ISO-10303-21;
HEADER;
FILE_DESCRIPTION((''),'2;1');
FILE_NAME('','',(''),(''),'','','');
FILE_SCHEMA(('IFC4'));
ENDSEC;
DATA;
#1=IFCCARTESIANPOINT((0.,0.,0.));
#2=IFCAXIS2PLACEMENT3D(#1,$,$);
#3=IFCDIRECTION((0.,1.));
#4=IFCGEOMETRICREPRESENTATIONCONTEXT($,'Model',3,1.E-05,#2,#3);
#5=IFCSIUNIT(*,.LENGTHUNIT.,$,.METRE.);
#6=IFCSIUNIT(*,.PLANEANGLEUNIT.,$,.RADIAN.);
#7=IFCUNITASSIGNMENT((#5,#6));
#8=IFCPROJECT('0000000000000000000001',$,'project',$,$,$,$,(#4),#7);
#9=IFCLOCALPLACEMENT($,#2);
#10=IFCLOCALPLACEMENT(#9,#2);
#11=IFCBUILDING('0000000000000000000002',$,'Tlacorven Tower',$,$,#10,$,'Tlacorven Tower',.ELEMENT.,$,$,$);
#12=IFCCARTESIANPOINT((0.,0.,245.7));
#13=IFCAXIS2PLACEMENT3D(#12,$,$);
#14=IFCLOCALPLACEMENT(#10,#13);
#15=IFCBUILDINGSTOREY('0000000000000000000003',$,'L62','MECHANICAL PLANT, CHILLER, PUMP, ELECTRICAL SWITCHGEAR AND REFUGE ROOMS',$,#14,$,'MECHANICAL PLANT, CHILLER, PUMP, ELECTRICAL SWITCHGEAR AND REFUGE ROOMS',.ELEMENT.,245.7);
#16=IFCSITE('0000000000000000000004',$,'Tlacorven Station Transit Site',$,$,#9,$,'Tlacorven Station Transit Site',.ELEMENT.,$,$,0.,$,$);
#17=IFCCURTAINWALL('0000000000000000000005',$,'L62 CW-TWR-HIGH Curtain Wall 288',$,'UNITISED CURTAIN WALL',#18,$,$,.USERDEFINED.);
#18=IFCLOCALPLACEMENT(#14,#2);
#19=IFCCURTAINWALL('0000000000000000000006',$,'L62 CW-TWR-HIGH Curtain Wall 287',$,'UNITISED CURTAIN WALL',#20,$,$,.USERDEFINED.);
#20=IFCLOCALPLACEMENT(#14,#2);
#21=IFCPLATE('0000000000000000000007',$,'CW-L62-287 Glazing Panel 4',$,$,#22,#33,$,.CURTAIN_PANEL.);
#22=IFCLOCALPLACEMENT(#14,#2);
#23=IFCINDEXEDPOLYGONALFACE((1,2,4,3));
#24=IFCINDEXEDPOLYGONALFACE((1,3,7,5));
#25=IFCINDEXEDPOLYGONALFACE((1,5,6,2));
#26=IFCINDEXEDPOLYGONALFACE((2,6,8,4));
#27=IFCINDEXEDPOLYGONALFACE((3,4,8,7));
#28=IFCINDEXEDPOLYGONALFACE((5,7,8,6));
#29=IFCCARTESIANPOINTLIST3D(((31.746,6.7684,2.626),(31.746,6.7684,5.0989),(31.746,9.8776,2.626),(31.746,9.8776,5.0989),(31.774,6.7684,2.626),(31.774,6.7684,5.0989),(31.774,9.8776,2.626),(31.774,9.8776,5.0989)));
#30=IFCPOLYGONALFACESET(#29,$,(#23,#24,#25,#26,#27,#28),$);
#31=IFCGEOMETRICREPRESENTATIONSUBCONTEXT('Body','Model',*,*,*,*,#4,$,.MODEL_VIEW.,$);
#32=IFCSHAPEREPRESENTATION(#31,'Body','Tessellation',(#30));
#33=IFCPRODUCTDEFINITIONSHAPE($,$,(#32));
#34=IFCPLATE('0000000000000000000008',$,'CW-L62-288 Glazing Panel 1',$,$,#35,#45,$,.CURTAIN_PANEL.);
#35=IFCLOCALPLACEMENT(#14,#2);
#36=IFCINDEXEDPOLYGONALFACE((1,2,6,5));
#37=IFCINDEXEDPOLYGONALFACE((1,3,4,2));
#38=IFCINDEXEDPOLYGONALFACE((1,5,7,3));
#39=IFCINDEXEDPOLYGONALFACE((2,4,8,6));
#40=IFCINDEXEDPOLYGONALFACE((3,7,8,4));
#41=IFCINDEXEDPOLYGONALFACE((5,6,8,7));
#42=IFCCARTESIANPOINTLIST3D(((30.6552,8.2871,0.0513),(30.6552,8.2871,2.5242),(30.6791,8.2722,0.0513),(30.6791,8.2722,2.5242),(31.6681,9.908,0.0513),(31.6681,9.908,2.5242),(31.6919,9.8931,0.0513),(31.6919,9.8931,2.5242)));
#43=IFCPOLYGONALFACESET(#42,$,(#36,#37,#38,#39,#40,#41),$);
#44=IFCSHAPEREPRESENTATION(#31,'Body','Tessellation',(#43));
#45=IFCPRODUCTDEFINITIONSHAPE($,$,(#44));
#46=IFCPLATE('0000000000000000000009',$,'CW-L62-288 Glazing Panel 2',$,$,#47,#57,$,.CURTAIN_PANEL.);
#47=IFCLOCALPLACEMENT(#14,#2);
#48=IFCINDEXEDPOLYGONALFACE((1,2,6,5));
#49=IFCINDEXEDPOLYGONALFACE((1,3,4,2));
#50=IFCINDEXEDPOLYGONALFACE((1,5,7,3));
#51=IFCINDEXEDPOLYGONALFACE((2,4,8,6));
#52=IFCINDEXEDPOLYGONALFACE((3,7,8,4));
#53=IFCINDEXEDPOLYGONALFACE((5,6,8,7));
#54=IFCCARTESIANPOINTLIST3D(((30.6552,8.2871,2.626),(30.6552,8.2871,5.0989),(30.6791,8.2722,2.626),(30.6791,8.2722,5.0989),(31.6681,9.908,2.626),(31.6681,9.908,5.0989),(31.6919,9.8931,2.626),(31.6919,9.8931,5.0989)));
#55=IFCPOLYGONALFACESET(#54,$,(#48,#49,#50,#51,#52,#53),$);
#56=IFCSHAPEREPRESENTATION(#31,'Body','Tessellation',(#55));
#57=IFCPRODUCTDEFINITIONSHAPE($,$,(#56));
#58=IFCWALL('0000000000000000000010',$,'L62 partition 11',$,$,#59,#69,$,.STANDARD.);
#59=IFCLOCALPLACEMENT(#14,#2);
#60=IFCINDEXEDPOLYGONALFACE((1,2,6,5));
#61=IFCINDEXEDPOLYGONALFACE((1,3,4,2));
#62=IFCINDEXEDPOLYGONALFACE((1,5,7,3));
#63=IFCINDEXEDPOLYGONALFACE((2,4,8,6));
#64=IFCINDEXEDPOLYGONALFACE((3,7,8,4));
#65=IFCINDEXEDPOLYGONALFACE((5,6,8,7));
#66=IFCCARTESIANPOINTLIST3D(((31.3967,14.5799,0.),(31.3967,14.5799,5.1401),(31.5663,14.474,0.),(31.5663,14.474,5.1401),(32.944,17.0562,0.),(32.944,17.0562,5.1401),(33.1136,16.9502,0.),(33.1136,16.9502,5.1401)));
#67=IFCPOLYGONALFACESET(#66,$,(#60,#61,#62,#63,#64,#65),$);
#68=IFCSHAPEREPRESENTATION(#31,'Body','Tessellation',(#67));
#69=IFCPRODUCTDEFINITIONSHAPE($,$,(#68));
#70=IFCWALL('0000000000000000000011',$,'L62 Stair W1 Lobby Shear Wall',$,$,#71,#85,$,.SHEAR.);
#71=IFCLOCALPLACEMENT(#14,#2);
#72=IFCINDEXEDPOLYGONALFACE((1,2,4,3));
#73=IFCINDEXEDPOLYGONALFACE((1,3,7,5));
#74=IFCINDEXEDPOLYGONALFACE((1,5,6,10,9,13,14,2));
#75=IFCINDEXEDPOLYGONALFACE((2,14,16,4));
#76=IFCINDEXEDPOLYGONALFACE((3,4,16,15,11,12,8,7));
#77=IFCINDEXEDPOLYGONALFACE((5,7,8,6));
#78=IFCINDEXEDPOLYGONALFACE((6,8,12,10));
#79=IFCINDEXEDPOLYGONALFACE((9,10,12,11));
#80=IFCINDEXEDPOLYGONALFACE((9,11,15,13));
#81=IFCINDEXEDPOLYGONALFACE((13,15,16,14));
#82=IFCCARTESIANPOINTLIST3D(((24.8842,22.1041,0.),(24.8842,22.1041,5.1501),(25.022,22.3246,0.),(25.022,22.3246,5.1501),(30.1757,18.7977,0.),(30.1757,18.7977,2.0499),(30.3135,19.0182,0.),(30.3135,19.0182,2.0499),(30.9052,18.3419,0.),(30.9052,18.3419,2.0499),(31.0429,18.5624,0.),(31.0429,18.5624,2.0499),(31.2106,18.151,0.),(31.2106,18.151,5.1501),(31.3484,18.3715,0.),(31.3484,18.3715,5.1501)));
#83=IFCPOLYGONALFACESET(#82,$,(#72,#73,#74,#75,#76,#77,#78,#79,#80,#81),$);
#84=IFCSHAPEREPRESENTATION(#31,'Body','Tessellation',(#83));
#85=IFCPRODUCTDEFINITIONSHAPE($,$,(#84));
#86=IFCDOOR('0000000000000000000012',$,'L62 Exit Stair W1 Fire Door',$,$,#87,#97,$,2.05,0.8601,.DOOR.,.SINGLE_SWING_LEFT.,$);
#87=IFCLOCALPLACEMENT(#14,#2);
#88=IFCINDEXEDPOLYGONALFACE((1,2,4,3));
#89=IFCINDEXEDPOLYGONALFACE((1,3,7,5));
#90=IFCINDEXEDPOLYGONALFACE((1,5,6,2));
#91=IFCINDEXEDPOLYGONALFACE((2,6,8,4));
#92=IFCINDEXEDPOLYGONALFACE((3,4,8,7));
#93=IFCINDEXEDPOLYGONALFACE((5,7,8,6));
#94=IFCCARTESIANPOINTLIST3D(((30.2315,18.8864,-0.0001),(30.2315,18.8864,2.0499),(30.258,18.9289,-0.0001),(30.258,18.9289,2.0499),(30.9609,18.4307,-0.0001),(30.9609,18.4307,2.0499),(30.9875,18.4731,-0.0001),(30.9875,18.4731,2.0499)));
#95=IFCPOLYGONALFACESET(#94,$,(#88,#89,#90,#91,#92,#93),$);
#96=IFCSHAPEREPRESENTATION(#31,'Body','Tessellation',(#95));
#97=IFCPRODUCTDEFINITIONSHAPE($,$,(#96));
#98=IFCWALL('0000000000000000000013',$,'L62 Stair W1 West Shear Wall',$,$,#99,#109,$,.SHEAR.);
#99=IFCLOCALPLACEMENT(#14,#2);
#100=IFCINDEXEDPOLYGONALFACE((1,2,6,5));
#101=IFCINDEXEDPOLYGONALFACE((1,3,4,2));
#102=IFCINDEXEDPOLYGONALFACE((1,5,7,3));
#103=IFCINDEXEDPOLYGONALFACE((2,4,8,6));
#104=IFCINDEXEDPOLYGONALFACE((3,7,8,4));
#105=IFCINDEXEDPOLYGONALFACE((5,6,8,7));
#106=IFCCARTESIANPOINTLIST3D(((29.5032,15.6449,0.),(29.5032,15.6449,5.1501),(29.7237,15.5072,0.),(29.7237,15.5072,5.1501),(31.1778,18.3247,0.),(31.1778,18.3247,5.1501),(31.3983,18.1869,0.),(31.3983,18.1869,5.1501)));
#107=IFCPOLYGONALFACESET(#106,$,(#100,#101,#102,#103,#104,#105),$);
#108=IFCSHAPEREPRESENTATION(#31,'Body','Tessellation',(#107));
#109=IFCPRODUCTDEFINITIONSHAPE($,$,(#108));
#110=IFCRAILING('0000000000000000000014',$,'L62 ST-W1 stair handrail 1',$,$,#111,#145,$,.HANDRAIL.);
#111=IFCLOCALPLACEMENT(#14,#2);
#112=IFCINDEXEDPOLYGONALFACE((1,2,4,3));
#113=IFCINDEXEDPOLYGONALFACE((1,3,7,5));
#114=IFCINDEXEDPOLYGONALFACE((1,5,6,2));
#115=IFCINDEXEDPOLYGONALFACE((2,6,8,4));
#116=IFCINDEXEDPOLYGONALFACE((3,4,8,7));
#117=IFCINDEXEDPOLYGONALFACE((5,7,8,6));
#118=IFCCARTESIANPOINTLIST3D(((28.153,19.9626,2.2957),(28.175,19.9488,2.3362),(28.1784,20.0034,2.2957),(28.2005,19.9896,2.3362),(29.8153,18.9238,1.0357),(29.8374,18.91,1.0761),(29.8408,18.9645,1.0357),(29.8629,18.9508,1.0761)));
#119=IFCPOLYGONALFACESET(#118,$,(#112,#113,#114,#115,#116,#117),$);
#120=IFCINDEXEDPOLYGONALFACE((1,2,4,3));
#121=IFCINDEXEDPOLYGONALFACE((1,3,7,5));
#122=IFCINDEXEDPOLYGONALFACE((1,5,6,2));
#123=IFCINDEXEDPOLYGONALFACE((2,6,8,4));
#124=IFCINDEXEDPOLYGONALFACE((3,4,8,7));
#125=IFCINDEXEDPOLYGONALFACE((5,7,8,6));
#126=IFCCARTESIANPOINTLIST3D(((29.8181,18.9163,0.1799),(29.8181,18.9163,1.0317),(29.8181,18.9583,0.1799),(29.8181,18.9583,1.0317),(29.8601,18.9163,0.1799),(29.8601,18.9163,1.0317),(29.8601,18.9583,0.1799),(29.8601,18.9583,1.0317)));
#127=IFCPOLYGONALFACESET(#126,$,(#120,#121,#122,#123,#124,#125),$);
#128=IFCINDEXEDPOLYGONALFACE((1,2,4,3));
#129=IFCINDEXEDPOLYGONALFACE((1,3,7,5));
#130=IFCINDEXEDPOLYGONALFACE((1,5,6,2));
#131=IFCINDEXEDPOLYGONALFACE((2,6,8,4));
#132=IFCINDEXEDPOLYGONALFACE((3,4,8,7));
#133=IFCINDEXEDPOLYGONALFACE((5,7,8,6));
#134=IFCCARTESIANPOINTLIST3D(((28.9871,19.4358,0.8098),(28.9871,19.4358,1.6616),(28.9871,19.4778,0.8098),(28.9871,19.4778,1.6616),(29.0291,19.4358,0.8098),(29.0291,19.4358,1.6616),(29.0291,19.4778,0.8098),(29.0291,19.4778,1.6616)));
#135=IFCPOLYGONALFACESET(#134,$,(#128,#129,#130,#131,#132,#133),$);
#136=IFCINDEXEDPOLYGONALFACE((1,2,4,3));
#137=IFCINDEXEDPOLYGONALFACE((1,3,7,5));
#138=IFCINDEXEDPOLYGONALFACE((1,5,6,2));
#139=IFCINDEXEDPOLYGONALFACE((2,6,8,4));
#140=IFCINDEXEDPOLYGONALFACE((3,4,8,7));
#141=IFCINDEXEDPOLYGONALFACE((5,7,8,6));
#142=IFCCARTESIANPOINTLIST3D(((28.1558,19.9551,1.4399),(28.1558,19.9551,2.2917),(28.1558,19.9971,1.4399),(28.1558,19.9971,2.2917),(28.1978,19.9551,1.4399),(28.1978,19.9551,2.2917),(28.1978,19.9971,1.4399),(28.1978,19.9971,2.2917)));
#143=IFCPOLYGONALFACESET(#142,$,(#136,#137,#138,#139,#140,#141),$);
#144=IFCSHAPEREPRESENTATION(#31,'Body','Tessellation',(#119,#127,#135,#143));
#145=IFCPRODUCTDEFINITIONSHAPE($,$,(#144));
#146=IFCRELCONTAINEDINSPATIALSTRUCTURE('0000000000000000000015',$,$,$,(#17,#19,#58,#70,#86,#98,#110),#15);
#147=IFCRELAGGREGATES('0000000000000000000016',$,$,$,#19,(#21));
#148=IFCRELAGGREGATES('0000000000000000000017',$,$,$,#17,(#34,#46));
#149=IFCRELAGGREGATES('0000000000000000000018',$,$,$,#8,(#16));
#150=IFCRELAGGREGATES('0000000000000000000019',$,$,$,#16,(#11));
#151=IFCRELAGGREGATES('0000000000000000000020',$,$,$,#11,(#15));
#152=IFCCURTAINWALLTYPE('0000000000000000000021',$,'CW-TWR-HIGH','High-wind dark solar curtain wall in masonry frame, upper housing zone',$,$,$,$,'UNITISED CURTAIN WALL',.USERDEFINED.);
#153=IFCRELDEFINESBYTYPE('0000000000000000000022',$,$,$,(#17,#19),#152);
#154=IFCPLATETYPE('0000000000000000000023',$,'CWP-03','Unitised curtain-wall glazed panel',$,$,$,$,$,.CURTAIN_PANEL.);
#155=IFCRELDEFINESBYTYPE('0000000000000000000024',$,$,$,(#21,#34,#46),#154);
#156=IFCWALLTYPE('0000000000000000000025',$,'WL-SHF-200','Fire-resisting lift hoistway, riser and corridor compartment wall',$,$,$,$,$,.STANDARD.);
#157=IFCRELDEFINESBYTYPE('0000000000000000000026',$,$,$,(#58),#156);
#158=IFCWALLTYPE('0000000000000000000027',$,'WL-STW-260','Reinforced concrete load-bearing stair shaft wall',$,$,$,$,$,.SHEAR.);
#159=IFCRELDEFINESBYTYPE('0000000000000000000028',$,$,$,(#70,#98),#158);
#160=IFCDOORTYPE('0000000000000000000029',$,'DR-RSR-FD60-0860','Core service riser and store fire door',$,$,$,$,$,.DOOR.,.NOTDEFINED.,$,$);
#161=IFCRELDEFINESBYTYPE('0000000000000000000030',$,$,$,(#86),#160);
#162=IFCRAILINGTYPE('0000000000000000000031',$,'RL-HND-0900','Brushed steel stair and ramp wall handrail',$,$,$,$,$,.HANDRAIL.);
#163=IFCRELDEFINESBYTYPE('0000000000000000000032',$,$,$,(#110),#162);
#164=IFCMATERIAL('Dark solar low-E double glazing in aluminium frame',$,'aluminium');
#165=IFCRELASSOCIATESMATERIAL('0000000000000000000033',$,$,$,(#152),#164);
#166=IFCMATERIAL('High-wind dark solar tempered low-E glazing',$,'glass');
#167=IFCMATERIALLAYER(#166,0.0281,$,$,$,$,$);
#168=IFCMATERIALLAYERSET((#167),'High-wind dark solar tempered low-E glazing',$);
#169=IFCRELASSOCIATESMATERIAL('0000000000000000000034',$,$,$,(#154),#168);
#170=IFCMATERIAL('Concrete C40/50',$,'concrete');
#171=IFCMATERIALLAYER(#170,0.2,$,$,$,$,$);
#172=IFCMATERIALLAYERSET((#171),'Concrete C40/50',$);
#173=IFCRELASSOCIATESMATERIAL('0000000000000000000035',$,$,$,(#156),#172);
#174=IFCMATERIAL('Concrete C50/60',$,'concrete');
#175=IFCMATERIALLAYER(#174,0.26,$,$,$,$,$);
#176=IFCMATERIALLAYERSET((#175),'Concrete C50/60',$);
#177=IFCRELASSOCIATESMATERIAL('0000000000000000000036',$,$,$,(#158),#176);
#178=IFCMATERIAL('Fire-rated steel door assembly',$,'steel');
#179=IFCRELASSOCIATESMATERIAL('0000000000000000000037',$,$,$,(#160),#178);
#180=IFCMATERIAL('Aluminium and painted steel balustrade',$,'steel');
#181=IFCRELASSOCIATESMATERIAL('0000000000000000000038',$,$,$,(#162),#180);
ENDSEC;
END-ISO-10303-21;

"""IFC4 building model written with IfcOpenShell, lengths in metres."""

from ifc_helpers import new_model, si_unit, direction, frame, frame_2d, origin, origin_2d, place, context, subcontext, project, spatial, rectangle, extrude, source, transform, mapped, material, layer, layer_set, type_object, element, fill, aggregate, save


model = new_model("IFC4")

# Units and contexts
model_context = context("Model", 3, precision=1e-05, world=origin(), true_north=direction((0.0, 1.0)))
body_context = subcontext(model_context, "Body", "Model", "MODEL_VIEW")
ifc_project = project(units=[si_unit("LENGTHUNIT", "METRE"), si_unit("PLANEANGLEUNIT", "RADIAN")], contexts=[model_context])

# Site, building, storey
site_placement = place(None, origin())
site = spatial("IfcSite", under=ifc_project, at=site_placement, Name="Tlacorven Station Transit Site", LongName="Tlacorven Station Transit Site", CompositionType="ELEMENT", RefElevation=0.0)
building_placement = place(site_placement, origin())
building = spatial("IfcBuilding", under=site, at=building_placement, Name="Tlacorven Tower", LongName="Tlacorven Tower", CompositionType="ELEMENT")
storey_placement = place(building_placement, frame((0.0, 0.0, 245.7)))
storey = spatial("IfcBuildingStorey", under=building, at=storey_placement, Name="L62", Description="MECHANICAL PLANT, CHILLER, PUMP, ELECTRICAL SWITCHGEAR AND REFUGE ROOMS", LongName="MECHANICAL PLANT, CHILLER, PUMP, ELECTRICAL SWITCHGEAR AND REFUGE ROOMS", CompositionType="ELEMENT", Elevation=245.7)

# Curtain wall
ifc_material_1 = material(Name="Dark solar low-E double glazing in aluminium frame", Category="aluminium")
curtain_wall_type = type_object("IfcCurtainWallType", Name="CW-TWR-HIGH", Description="High-wind dark solar curtain wall in masonry frame, upper housing zone", ElementType="UNITISED CURTAIN WALL", PredefinedType="USERDEFINED", material=ifc_material_1)
curtain_wall_1_placement = place(storey_placement, origin())
curtain_wall_1 = element("IfcCurtainWall", 1, at=curtain_wall_1_placement, inside=storey, type_object=curtain_wall_type, Name="L62 CW-TWR-HIGH Curtain Wall 288", ObjectType="UNITISED CURTAIN WALL", PredefinedType="USERDEFINED")

# Curtain wall
curtain_wall_2_placement = place(storey_placement, origin())
curtain_wall_2 = element("IfcCurtainWall", 2, at=curtain_wall_2_placement, inside=storey, type_object=curtain_wall_type, Name="L62 CW-TWR-HIGH Curtain Wall 287", ObjectType="UNITISED CURTAIN WALL", PredefinedType="USERDEFINED")

# Plates
ifc_material_2 = material(Name="High-wind dark solar tempered low-E glazing", Category="glass")
ifc_layer_1 = layer(ifc_material_2, 0.0281)
ifc_layer_set_1 = layer_set([ifc_layer_1], Name="High-wind dark solar tempered low-E glazing")
plate_type_1 = type_object("IfcPlateType", Name="CWP-03", Description="Unitised curtain-wall glazed panel", PredefinedType="CURTAIN_PANEL", material=ifc_layer_set_1)
shared_shape_1 = source(origin(), body_context, "Body", "SweptSolid", [
    extrude(rectangle(XDim=3.1091, YDim=0.0281, at=origin_2d()), origin(), (0.0, 0.0, 1.0), 2.4729),
])
plate_1_placement = place(storey_placement, frame((31.76, 8.323, 2.626), z_axis=(0.0, 0.0, 1.0), x_axis=(0.0, 1.0, 0.0)))
plate_1 = element("IfcPlate", 3, at=plate_1_placement, type_object=plate_type_1, Name="CW-L62-287 Glazing Panel 4", PredefinedType="CURTAIN_PANEL", context=body_context, shape_type="MappedRepresentation", body=[
    mapped(shared_shape_1, transform((0.0, 0.0, 0.0), scale=1.0)),
])
aggregate(curtain_wall_2, [plate_1])
shared_shape_2 = source(origin(), body_context, "Body", "SweptSolid", [
    extrude(rectangle(XDim=1.9114, YDim=0.0281, at=origin_2d()), origin(), (0.0, 0.0, 1.0), 2.4729),
])
plate_2_placement = place(storey_placement, frame((31.1736, 9.0901, 0.0513), z_axis=(0.0, 0.0, 1.0), x_axis=(-0.529919, -0.848048, 0.0)))
plate_2 = element("IfcPlate", 4, at=plate_2_placement, type_object=plate_type_1, Name="CW-L62-288 Glazing Panel 1", PredefinedType="CURTAIN_PANEL", context=body_context, shape_type="MappedRepresentation", body=[
    mapped(shared_shape_2, transform((0.0, 0.0, 0.0), scale=1.0)),
])
plate_3_placement = place(storey_placement, frame((31.1736, 9.0901, 2.626), z_axis=(0.0, 0.0, 1.0), x_axis=(-0.529919, -0.848048, 0.0)))
plate_3 = element("IfcPlate", 5, at=plate_3_placement, type_object=plate_type_1, Name="CW-L62-288 Glazing Panel 2", PredefinedType="CURTAIN_PANEL", context=body_context, shape_type="MappedRepresentation", body=[
    mapped(shared_shape_2, transform((0.0, 0.0, 0.0), scale=1.0)),
])
aggregate(curtain_wall_1, [plate_2, plate_3])

# Wall
ifc_material_3 = material(Name="Concrete C40/50", Category="concrete")
ifc_layer_2 = layer(ifc_material_3, 0.2)
ifc_layer_set_2 = layer_set([ifc_layer_2], Name="Concrete C40/50")
wall_type_1 = type_object("IfcWallType", Name="WL-SHF-200", Description="Fire-resisting lift hoistway, riser and corridor compartment wall", PredefinedType="STANDARD", material=ifc_layer_set_2)
wall_1_placement = place(storey_placement, frame((33.0288, 17.0032, 0.0), z_axis=(0.0, 0.0, 1.0), x_axis=(-0.529916, -0.84805, 0.0)))
element("IfcWall", 6, at=wall_1_placement, inside=storey, type_object=wall_type_1, Name="L62 partition 11", PredefinedType="STANDARD", context=body_context, shape_type="SweptSolid", body=[
    extrude(rectangle(XDim=2.9199, YDim=0.2, at=frame_2d((1.46, 0.0))), origin(), (0.0, 0.0, 1.0), 5.1401),
])

# Wall, opening, door
ifc_material_4 = material(Name="Concrete C50/60", Category="concrete")
ifc_layer_3 = layer(ifc_material_4, 0.26)
ifc_layer_set_3 = layer_set([ifc_layer_3], Name="Concrete C50/60")
wall_type_2 = type_object("IfcWallType", Name="WL-STW-260", Description="Reinforced concrete load-bearing stair shaft wall", PredefinedType="SHEAR", material=ifc_layer_set_3)
wall_2_placement = place(storey_placement, frame((31.2795, 18.2612, 0.0), z_axis=(0.0, 0.0, 1.0), x_axis=(-0.848052, 0.529914, 0.0)))
wall_2 = element("IfcWall", 7, at=wall_2_placement, inside=storey, type_object=wall_type_2, Name="L62 Stair W1 Lobby Shear Wall", PredefinedType="SHEAR", context=body_context, shape_type="SweptSolid", body=[
    extrude(rectangle(XDim=7.46, YDim=0.26, at=frame_2d((3.73, 0.0))), origin(), (0.0, 0.0, 1.0), 5.1501),
])
opening_placement = place(wall_2_placement, frame((0.3601, 0.0, 0.0)))
opening = element("IfcOpeningElement", 8, at=opening_placement, cuts=wall_2, PredefinedType="OPENING", context=body_context, shape_type="SweptSolid", body=[
    extrude(rectangle(XDim=0.8601, YDim=2.05, at=frame_2d((0.4302, 1.0249))), frame((0.0, 0.1401, 0.0), z_axis=(0.0, -1.0, 0.0), x_axis=(1.0, 0.0, 0.0)), (0.0, 0.0, 1.0), 0.28),
])
ifc_material_5 = material(Name="Fire-rated steel door assembly", Category="steel")
door_type = type_object("IfcDoorType", Name="DR-RSR-FD60-0860", Description="Core service riser and store fire door", OperationType="NOTDEFINED", PredefinedType="DOOR", material=ifc_material_5)
shared_shape_3 = source(origin(), body_context, "Body", "SweptSolid", [
    extrude(rectangle(XDim=0.8601, YDim=2.05, at=frame_2d((0.4302, 1.0249))), frame((0.0, 0.0249, 0.0), z_axis=(0.0, -1.0, 0.0), x_axis=(1.0, 0.0, 0.0)), (0.0, 0.0, 1.0), 0.05),
])
door_placement = place(opening_placement, frame((0.8601, 0.0, 0.0), z_axis=(0.0, 0.0, 1.0), x_axis=(-1.0, 0.0, 0.0)))
door = element("IfcDoor", 9, at=door_placement, inside=storey, type_object=door_type, Name="L62 Exit Stair W1 Fire Door", OperationType="SINGLE_SWING_LEFT", OverallHeight=2.05, OverallWidth=0.8601, PredefinedType="DOOR", context=body_context, shape_type="MappedRepresentation", body=[
    mapped(shared_shape_3, transform((0.0, 0.0, 0.0), scale=1.0)),
])
fill(opening, door)

# Wall
wall_3_placement = place(storey_placement, frame((31.2881, 18.2559, 0.0), z_axis=(0.0, 0.0, 1.0), x_axis=(-0.529943, -0.848033, 0.0)))
element("IfcWall", 10, at=wall_3_placement, inside=storey, type_object=wall_type_2, Name="L62 Stair W1 West Shear Wall", PredefinedType="SHEAR", context=body_context, shape_type="SweptSolid", body=[
    extrude(rectangle(XDim=3.1599, YDim=0.26, at=frame_2d((1.5801, 0.0))), origin(), (0.0, 0.0, 1.0), 5.1501),
])

# Railing
ifc_material_6 = material(Name="Aluminium and painted steel balustrade", Category="steel")
railing_type = type_object("IfcRailingType", Name="RL-HND-0900", Description="Brushed steel stair and ramp wall handrail", PredefinedType="HANDRAIL", material=ifc_material_6)
shared_shape_4 = source(origin(), body_context, "Body", "SweptSolid", [
    extrude(rectangle(XDim=0.0481, YDim=0.0481, at=origin_2d()), frame((0.0, 0.0, 0.876), z_axis=(-0.713372, 0.445792, 0.540713), x_axis=(-0.529943, -0.848033, 0.0)), (0.0, 0.0, 1.0), 2.3303),
    extrude(rectangle(XDim=0.042, YDim=0.042, at=origin_2d()), origin(), (0.0, 0.0, 1.0), 0.8518),
    extrude(rectangle(XDim=0.042, YDim=0.042, at=origin_2d()), frame((-0.8311, 0.5195, 0.6299)), (0.0, 0.0, 1.0), 0.8518),
    extrude(rectangle(XDim=0.042, YDim=0.042, at=origin_2d()), frame((-1.6624, 1.0388, 1.26)), (0.0, 0.0, 1.0), 0.8518),
])
railing_placement = place(storey_placement, frame((29.8391, 18.9373, 0.1799)))
element("IfcRailing", 11, at=railing_placement, inside=storey, type_object=railing_type, Name="L62 ST-W1 stair handrail 1", PredefinedType="HANDRAIL", context=body_context, shape_type="MappedRepresentation", body=[
    mapped(shared_shape_4, transform((0.0, 0.0, 0.0), scale=1.0)),
])

save(model, "model.ifc")
